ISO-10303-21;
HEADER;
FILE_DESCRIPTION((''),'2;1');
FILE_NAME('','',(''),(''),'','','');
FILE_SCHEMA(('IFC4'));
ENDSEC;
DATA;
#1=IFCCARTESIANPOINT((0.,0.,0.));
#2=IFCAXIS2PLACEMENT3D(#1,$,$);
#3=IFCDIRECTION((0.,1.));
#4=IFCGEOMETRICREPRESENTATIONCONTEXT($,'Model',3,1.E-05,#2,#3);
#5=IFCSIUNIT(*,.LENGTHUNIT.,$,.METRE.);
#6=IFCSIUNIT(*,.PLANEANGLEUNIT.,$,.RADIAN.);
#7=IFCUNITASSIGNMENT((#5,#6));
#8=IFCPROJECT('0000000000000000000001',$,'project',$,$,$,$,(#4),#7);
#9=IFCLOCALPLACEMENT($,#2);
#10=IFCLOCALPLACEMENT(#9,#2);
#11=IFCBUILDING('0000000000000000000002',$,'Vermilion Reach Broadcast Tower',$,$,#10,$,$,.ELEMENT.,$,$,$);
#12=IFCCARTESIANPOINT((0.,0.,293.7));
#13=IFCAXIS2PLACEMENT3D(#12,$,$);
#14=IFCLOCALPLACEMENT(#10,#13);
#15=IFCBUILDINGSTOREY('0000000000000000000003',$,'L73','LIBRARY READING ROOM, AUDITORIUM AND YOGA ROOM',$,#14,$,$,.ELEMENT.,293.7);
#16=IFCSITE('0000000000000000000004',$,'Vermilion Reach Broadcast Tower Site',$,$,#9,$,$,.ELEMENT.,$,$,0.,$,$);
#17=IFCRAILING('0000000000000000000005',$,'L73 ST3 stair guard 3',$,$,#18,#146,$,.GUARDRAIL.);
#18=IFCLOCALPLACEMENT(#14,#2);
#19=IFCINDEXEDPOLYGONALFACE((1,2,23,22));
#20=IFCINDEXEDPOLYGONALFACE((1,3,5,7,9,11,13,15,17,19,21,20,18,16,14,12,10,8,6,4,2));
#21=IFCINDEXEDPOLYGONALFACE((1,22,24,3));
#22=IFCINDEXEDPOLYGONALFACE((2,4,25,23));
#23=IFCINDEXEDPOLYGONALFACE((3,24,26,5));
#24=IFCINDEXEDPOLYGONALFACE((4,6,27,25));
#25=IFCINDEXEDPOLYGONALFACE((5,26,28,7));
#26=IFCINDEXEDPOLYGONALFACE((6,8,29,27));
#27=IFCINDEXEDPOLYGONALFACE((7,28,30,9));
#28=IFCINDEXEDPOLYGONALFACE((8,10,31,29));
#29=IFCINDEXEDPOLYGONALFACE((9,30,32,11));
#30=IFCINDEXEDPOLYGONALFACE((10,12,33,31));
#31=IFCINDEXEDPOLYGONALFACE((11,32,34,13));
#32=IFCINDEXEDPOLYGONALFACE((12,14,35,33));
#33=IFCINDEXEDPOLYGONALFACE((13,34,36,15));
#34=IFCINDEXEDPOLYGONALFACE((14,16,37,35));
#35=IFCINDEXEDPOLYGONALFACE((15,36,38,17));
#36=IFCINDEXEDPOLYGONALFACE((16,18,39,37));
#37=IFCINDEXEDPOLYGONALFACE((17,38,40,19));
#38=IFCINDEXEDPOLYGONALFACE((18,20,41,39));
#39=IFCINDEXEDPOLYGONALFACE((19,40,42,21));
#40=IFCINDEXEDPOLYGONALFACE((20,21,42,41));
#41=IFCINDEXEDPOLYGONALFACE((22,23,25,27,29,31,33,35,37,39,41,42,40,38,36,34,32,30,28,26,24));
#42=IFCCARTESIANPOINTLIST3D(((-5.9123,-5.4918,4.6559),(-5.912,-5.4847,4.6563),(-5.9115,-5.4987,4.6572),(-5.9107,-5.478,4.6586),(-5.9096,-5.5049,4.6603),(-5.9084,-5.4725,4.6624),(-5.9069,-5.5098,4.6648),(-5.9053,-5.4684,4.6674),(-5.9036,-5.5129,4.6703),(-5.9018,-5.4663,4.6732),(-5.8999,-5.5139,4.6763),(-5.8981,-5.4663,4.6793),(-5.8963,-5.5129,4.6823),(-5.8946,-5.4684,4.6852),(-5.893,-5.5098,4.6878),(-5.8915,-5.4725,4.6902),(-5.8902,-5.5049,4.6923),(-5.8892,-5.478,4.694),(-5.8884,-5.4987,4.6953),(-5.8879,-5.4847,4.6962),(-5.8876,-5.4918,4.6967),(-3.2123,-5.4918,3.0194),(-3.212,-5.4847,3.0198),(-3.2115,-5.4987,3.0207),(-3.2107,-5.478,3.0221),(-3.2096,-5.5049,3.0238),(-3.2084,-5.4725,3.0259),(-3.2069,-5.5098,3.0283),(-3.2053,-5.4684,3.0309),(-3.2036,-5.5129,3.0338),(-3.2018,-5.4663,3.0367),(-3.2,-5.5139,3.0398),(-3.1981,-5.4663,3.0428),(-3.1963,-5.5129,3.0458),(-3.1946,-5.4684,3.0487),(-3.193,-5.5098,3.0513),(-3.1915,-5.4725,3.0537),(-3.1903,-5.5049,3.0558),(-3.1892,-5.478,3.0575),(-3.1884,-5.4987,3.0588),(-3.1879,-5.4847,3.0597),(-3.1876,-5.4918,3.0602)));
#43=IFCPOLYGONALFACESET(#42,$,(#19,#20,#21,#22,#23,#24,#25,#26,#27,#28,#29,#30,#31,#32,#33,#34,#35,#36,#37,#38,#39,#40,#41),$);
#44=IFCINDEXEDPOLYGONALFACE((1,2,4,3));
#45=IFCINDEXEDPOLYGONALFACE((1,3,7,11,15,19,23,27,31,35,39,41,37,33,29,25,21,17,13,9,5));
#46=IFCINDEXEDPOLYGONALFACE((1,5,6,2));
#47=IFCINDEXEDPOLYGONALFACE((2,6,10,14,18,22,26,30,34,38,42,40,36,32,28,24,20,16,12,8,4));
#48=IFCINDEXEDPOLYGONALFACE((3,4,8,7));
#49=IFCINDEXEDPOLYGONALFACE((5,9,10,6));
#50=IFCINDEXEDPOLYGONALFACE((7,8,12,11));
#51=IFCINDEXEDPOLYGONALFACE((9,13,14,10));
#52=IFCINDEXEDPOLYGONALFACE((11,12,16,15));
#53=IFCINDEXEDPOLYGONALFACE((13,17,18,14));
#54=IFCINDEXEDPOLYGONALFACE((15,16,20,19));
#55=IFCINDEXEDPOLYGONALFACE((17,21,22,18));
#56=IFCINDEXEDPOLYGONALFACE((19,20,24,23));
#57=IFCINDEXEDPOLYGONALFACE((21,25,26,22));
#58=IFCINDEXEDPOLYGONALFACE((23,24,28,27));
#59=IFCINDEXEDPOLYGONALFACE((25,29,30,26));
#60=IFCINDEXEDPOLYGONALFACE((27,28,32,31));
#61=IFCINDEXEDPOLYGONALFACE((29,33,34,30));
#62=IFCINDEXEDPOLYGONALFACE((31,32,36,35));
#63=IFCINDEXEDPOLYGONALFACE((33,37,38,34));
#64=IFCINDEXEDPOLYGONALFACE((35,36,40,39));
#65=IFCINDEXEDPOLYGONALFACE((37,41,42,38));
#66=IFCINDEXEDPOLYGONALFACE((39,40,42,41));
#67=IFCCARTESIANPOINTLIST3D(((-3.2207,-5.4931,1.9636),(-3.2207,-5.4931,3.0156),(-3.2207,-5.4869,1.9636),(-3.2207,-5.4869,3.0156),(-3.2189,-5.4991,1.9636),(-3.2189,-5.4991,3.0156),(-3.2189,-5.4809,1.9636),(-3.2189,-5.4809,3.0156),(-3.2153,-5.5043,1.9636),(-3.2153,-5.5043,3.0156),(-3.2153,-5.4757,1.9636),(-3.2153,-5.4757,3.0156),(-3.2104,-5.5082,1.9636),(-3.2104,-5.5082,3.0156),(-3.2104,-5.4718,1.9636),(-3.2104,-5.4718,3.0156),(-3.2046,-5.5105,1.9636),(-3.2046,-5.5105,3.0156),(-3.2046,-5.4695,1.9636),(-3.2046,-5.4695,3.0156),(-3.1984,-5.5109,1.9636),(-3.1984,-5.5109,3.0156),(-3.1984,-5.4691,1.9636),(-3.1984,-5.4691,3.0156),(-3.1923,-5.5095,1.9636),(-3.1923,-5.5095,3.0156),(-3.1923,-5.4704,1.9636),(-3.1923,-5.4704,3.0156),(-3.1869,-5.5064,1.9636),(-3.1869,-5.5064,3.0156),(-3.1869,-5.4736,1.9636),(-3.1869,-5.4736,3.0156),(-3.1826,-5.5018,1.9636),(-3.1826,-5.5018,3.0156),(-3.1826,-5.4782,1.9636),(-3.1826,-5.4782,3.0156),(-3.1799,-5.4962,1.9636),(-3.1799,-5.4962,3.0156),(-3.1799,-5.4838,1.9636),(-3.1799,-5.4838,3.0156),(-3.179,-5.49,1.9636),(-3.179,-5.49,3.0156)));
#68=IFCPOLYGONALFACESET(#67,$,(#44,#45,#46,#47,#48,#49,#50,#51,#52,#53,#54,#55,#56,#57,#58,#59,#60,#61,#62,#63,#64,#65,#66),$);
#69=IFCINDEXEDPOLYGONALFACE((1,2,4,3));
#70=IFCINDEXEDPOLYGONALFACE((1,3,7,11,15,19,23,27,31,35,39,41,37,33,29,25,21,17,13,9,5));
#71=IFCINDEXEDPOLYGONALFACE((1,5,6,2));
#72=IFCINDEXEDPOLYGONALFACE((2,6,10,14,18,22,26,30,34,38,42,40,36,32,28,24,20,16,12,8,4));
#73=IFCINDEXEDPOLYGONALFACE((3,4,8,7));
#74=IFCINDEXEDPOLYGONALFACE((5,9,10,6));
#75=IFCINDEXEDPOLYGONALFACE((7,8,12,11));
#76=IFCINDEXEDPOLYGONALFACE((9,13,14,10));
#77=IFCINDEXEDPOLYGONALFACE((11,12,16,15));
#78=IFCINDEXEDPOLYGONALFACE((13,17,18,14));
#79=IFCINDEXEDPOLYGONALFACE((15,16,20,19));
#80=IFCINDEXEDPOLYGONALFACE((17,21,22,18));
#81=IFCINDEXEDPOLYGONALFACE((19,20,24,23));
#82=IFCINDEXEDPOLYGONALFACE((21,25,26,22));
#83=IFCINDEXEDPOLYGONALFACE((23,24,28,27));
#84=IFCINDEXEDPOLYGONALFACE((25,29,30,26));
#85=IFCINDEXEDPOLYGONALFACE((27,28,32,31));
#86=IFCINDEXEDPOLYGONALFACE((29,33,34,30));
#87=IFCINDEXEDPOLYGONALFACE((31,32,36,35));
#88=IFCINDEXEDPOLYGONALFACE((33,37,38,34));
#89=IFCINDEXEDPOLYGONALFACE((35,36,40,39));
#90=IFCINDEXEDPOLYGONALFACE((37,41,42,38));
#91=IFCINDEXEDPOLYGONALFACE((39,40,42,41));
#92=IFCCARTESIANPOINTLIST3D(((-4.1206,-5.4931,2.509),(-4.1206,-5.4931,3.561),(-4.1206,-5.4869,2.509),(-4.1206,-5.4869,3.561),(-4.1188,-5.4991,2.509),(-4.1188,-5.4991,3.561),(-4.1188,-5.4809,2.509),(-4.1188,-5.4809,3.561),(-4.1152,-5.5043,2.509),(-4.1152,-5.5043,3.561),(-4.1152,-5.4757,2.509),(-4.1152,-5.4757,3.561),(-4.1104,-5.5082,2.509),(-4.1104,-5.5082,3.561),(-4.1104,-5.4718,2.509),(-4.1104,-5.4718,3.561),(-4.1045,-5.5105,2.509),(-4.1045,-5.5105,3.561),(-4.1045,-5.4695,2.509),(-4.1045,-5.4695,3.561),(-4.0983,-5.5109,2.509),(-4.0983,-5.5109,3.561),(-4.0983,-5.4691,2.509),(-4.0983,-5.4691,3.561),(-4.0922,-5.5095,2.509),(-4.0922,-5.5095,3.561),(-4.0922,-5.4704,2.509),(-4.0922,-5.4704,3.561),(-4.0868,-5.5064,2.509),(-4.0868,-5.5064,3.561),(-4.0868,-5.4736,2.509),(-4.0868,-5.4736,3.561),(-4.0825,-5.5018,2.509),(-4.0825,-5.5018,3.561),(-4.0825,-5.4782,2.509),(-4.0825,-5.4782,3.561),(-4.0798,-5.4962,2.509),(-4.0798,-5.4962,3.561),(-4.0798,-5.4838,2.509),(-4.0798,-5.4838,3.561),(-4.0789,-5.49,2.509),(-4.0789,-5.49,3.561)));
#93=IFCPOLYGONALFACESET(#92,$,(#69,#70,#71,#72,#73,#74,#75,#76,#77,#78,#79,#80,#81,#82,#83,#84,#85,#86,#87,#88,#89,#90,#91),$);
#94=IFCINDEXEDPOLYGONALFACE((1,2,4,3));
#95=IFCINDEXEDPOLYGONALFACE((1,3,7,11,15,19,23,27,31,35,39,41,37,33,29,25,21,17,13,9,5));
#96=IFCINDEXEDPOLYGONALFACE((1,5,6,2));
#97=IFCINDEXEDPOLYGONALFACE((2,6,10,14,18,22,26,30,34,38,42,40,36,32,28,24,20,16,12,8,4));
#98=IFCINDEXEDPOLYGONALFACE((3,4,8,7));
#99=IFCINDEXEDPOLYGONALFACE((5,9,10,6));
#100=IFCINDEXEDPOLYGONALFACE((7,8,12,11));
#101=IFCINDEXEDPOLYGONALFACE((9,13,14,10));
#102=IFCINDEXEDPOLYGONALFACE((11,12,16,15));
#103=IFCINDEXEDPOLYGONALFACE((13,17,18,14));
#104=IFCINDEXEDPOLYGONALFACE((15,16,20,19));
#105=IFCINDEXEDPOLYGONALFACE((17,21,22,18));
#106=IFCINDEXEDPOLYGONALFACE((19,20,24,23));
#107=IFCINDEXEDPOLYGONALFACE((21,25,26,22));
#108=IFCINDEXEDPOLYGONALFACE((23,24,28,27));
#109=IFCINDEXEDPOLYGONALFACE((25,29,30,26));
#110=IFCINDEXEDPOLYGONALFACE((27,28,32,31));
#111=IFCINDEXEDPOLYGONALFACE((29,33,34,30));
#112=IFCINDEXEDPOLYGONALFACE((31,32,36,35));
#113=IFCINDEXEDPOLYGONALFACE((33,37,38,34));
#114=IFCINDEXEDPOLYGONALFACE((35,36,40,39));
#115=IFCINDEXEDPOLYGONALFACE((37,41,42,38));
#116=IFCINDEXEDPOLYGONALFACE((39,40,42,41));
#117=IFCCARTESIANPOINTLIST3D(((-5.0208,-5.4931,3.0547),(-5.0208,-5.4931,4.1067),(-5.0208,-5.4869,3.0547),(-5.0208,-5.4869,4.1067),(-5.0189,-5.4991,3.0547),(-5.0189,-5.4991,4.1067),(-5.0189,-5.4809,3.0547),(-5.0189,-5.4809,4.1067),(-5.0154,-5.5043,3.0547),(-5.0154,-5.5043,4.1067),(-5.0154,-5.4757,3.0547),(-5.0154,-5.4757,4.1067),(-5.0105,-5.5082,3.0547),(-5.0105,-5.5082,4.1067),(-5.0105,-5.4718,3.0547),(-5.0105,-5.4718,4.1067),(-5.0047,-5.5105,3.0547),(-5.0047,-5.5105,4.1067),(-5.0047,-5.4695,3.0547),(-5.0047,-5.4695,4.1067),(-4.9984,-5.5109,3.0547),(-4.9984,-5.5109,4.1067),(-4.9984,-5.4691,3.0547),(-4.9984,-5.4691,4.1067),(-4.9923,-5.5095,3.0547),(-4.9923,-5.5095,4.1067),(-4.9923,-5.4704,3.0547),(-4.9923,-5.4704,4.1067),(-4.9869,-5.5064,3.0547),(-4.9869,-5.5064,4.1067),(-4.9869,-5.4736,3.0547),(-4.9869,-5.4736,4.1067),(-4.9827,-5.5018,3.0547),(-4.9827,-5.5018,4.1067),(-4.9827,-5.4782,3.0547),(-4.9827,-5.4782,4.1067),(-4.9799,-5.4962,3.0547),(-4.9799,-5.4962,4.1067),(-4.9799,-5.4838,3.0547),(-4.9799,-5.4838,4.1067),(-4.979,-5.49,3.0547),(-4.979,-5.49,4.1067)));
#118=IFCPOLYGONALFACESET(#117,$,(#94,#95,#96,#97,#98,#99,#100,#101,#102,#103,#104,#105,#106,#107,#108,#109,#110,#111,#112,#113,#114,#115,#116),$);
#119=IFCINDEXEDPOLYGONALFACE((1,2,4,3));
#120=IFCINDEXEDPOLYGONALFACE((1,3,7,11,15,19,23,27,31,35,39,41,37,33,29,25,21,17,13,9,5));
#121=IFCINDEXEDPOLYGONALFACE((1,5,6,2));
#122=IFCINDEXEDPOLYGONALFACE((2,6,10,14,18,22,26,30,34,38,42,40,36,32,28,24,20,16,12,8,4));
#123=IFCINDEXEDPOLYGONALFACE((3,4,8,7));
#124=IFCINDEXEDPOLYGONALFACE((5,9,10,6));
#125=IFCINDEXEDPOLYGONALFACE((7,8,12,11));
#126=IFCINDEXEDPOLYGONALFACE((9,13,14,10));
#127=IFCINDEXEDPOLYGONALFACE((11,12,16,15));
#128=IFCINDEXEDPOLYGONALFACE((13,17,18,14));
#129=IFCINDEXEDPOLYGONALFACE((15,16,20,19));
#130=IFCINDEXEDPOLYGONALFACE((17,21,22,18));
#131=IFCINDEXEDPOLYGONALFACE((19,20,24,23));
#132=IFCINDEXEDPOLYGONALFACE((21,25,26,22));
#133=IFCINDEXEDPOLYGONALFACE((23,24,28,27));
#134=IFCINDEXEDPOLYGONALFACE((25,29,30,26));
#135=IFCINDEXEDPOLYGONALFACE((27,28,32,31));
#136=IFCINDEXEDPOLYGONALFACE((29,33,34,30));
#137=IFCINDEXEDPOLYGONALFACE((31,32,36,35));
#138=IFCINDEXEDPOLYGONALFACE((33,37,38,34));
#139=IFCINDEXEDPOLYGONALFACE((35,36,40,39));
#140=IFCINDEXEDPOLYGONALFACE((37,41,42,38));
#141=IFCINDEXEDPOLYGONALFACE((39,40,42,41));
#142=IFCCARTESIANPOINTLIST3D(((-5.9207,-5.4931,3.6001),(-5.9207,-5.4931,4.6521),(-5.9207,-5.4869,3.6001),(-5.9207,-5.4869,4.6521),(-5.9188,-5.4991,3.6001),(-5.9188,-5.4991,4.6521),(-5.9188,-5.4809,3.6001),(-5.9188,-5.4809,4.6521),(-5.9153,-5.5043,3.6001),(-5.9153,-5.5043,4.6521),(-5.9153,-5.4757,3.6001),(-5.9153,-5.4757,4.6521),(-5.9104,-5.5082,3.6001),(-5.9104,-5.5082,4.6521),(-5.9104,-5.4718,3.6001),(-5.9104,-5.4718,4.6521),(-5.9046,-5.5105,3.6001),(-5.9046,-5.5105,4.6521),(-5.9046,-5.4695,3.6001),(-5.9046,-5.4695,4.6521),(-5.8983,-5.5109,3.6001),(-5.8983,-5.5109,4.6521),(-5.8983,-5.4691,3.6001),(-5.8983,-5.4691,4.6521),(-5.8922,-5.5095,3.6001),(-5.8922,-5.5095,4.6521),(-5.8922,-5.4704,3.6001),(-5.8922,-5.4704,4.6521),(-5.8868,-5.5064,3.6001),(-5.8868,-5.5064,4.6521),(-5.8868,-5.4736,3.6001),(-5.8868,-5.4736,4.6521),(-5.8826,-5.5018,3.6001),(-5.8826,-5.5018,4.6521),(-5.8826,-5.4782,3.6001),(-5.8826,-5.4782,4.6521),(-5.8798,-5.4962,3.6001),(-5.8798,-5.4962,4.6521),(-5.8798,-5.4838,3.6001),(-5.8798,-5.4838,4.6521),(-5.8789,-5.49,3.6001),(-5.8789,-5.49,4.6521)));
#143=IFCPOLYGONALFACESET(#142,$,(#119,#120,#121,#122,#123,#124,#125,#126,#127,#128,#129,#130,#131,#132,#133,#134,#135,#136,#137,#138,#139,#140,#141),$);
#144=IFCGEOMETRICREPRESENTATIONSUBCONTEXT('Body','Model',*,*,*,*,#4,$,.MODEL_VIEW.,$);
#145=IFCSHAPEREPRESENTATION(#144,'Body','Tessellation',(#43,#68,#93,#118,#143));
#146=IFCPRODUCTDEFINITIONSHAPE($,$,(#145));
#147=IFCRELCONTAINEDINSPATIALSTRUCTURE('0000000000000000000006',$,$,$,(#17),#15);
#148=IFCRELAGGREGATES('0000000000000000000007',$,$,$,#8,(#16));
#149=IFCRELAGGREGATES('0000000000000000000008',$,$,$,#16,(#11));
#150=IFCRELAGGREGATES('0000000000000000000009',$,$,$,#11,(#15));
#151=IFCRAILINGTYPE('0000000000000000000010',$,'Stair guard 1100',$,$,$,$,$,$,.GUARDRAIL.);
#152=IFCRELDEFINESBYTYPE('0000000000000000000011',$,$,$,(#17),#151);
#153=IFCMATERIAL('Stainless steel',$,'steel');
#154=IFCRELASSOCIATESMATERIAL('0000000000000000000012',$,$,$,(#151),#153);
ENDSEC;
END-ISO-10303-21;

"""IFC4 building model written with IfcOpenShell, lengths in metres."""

from ifc_helpers import new_model, si_unit, direction, frame, origin, origin_2d, place, context, subcontext, project, spatial, circle, extrude, material, type_object, element, save


model = new_model("IFC4")

# Units and contexts
model_context = context("Model", 3, precision=1e-05, world=origin(), true_north=direction((0.0, 1.0)))
body_context = subcontext(model_context, "Body", "Model", "MODEL_VIEW")
ifc_project = project(units=[si_unit("LENGTHUNIT", "METRE"), si_unit("PLANEANGLEUNIT", "RADIAN")], contexts=[model_context])

# Site, building, storey
site_placement = place(None, origin())
site = spatial("IfcSite", under=ifc_project, at=site_placement, Name="Vermilion Reach Broadcast Tower Site", CompositionType="ELEMENT", RefElevation=0.0)
building_placement = place(site_placement, origin())
building = spatial("IfcBuilding", under=site, at=building_placement, Name="Vermilion Reach Broadcast Tower", CompositionType="ELEMENT")
storey_placement = place(building_placement, frame((0.0, 0.0, 293.7)))
storey = spatial("IfcBuildingStorey", under=building, at=storey_placement, Name="L73", Description="LIBRARY READING ROOM, AUDITORIUM AND YOGA ROOM", CompositionType="ELEMENT", Elevation=293.7)

# Railing
ifc_material_1 = material(Name="Stainless steel", Category="steel")
railing_type_1 = type_object("IfcRailingType", Name="Stair guard 1100", PredefinedType="GUARDRAIL", material=ifc_material_1)
railing_1_placement = place(storey_placement, frame((-3.2, -5.49, 1.9636)))
element("IfcRailing", 1, at=railing_1_placement, inside=storey, type_object=railing_type_1, Name="L73 ST3 stair guard 3", PredefinedType="GUARDRAIL", context=body_context, shape_type="SweptSolid", body=[
    extrude(circle(Radius=0.0239, at=origin_2d()), frame((0.0, 0.0, 1.0762), z_axis=(-0.855178, 0.0, 0.518334), x_axis=(0.0, -1.0, 0.0)), (0.0, 0.0, 1.0), 3.1572),
    extrude(circle(Radius=0.021, at=origin_2d()), origin(), (0.0, 0.0, 1.0), 1.052),
    extrude(circle(Radius=0.021, at=origin_2d()), frame((-0.8999, 0.0, 0.5454)), (0.0, 0.0, 1.0), 1.052),
    extrude(circle(Radius=0.021, at=origin_2d()), frame((-1.8, 0.0, 1.0911)), (0.0, 0.0, 1.0), 1.052),
    extrude(circle(Radius=0.021, at=origin_2d()), frame((-2.7, 0.0, 1.6365)), (0.0, 0.0, 1.0), 1.052),
])

save(model, "model.ifc")
